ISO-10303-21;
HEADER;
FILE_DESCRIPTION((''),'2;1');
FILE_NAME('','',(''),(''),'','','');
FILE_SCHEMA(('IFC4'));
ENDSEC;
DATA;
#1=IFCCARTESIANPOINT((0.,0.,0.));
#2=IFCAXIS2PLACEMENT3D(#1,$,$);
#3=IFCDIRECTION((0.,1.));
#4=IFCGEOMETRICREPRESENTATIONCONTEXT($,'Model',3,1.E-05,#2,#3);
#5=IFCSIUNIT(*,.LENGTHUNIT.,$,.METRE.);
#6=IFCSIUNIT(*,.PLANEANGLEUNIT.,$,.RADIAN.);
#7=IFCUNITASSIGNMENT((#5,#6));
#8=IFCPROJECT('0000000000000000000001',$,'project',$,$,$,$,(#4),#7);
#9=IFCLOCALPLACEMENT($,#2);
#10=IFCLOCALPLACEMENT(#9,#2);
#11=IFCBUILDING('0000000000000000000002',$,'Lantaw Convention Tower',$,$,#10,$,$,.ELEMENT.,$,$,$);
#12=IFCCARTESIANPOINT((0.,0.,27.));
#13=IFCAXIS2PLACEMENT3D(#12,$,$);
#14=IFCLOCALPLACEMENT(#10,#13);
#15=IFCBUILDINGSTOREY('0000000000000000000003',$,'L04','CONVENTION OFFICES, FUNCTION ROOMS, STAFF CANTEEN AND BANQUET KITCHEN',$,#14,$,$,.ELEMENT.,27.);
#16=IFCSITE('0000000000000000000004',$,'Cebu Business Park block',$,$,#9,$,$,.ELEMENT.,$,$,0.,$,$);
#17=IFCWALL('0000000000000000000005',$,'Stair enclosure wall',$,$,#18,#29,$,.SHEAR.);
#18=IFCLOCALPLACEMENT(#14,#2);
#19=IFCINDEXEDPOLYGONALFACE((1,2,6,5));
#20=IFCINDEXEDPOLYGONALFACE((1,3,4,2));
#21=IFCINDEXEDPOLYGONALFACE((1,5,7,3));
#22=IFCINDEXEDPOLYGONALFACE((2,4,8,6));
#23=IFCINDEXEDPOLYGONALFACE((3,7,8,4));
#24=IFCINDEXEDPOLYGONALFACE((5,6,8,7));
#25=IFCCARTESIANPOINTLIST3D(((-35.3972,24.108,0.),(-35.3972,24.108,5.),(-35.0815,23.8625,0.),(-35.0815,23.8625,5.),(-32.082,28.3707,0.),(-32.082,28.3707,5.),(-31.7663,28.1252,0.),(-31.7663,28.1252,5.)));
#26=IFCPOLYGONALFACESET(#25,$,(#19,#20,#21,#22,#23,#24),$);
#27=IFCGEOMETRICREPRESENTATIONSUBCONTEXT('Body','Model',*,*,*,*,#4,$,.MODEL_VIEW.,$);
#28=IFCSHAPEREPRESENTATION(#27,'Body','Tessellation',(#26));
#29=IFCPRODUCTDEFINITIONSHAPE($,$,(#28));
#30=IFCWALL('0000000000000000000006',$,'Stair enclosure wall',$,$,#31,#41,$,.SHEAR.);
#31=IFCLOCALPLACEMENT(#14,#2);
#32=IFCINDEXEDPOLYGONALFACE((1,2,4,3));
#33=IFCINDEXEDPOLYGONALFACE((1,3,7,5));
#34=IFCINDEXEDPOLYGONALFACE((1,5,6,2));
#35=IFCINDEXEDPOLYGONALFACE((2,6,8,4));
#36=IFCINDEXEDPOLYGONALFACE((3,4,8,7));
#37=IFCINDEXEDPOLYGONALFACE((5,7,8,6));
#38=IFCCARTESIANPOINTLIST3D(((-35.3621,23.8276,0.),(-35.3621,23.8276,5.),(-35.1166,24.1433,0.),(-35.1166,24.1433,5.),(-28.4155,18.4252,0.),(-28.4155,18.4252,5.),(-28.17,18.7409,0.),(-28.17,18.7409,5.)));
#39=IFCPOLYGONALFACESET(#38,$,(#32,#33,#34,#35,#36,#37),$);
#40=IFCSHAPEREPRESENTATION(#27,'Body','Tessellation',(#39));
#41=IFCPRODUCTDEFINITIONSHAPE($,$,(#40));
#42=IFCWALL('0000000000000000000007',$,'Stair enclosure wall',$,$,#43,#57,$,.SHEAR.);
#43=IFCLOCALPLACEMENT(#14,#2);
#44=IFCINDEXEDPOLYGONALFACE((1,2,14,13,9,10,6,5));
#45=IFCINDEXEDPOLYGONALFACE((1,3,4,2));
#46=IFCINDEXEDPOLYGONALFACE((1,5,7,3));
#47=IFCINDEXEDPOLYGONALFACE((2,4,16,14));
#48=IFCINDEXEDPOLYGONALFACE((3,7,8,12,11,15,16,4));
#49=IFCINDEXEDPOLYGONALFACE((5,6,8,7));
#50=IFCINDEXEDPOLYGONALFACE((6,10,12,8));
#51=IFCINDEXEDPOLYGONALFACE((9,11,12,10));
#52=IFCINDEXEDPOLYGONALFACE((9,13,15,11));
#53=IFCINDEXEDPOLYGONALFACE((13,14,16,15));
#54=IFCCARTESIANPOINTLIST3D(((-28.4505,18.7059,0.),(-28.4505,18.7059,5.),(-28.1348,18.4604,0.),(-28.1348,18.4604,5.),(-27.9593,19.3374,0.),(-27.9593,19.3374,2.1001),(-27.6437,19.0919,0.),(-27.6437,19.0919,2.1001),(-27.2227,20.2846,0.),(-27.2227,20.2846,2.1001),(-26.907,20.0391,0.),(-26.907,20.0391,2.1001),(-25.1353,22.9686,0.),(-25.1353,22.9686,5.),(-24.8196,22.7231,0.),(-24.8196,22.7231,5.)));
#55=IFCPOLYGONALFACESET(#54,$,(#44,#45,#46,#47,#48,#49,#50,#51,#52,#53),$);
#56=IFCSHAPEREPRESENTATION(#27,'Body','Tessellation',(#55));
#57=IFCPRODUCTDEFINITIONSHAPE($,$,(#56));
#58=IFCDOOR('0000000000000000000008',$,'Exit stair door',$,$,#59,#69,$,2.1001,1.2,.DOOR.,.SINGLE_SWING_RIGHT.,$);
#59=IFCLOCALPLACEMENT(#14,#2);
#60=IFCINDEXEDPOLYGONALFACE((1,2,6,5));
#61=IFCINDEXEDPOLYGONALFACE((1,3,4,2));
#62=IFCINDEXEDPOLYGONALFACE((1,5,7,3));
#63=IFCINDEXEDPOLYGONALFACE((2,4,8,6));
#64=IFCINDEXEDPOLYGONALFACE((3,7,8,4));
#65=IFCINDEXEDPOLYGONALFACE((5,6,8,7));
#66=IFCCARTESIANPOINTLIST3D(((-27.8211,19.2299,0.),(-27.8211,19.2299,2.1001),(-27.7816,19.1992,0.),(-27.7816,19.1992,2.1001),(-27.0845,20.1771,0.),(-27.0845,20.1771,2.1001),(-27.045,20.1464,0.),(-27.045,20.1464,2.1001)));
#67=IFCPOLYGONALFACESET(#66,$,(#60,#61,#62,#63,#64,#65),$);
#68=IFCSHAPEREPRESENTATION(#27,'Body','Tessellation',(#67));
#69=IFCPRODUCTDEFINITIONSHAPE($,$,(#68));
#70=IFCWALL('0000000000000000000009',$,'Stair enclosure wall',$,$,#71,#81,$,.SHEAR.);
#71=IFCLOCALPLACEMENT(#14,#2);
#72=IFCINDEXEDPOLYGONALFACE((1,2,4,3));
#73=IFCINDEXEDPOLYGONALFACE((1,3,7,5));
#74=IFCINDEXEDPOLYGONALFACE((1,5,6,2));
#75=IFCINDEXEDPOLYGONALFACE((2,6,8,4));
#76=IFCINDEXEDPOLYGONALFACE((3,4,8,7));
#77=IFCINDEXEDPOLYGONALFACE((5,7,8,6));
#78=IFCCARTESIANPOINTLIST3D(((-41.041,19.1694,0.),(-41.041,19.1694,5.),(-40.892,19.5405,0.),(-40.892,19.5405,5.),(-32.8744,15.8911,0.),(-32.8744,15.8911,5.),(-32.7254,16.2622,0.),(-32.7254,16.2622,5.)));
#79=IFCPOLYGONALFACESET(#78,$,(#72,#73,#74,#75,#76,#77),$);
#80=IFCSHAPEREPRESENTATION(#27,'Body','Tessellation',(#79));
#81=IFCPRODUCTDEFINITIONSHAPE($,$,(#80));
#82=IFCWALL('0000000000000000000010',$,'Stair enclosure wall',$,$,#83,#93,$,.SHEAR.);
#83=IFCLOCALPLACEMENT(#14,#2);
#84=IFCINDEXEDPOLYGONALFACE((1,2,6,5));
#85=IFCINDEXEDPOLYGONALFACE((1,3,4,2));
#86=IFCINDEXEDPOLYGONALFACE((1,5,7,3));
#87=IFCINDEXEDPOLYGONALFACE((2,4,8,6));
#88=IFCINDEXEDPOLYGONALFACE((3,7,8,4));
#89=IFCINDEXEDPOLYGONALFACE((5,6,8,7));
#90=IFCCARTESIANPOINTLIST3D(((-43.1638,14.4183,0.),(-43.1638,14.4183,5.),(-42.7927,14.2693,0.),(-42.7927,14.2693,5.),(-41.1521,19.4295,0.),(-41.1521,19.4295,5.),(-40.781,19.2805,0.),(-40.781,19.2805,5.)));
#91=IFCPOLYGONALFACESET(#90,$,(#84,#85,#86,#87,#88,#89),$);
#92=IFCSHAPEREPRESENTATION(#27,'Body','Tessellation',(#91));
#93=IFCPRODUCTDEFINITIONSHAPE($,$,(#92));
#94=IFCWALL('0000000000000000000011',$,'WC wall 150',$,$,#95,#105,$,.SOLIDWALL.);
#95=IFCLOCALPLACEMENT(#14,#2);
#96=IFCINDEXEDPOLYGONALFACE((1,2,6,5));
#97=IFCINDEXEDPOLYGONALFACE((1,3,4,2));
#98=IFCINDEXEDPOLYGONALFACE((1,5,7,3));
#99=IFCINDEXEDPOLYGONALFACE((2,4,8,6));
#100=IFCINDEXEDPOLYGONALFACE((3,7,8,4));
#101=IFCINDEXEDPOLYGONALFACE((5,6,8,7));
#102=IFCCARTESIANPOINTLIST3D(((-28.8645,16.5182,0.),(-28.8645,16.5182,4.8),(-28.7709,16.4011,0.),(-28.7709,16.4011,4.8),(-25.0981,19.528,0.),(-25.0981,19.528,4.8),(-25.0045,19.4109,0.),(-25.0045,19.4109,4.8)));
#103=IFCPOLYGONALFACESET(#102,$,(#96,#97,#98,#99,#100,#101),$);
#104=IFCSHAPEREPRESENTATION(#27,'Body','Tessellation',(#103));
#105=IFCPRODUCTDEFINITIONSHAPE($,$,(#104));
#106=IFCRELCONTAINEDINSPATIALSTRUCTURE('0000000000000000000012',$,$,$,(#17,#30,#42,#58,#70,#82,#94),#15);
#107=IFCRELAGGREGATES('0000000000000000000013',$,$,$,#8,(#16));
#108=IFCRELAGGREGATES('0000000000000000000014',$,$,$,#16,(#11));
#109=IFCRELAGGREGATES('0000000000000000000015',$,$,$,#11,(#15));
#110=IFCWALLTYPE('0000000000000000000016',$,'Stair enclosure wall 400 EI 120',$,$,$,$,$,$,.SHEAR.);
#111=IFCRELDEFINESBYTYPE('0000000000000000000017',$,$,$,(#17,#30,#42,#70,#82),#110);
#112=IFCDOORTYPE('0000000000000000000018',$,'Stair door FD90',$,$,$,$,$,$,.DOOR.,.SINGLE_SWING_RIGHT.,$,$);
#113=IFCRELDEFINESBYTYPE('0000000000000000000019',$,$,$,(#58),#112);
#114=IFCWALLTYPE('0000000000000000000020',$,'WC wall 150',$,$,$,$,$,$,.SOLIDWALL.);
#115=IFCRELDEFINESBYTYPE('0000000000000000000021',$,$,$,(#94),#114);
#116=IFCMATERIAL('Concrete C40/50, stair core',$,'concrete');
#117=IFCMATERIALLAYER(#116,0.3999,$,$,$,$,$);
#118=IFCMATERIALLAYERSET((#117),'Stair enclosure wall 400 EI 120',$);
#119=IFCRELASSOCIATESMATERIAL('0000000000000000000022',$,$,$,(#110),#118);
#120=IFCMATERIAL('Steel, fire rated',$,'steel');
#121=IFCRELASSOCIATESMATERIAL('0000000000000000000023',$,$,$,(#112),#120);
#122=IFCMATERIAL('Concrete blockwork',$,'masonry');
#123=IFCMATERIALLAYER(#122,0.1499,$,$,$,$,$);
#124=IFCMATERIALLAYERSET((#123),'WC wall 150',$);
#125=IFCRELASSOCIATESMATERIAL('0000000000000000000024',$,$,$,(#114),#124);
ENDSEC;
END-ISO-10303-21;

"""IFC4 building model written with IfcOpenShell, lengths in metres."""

from ifc_helpers import new_model, si_unit, direction, frame, frame_2d, origin, place, context, subcontext, project, spatial, rectangle, extrude, material, layer, layer_set, type_object, element, fill, save


model = new_model("IFC4")

# Units and contexts
model_context = context("Model", 3, precision=1e-05, world=origin(), true_north=direction((0.0, 1.0)))
body_context = subcontext(model_context, "Body", "Model", "MODEL_VIEW")
ifc_project = project(units=[si_unit("LENGTHUNIT", "METRE"), si_unit("PLANEANGLEUNIT", "RADIAN")], contexts=[model_context])

# Site, building, storey
site_placement = place(None, origin())
site = spatial("IfcSite", under=ifc_project, at=site_placement, Name="Cebu Business Park block", CompositionType="ELEMENT", RefElevation=0.0)
building_placement = place(site_placement, origin())
building = spatial("IfcBuilding", under=site, at=building_placement, Name="Lantaw Convention Tower", CompositionType="ELEMENT")
storey_placement = place(building_placement, frame((0.0, 0.0, 27.0)))
storey = spatial("IfcBuildingStorey", under=building, at=storey_placement, Name="L04", Description="CONVENTION OFFICES, FUNCTION ROOMS, STAFF CANTEEN AND BANQUET KITCHEN", CompositionType="ELEMENT", Elevation=27.0)

# Walls
ifc_material_1 = material(Name="Concrete C40/50, stair core", Category="concrete")
ifc_layer_1 = layer(ifc_material_1, 0.3999)
ifc_layer_set_1 = layer_set([ifc_layer_1], Name="Stair enclosure wall 400 EI 120")
wall_type_1 = type_object("IfcWallType", Name="Stair enclosure wall 400 EI 120", PredefinedType="SHEAR", material=ifc_layer_set_1)
wall_1_placement = place(storey_placement, frame((-31.9241, 28.248, 0.0), z_axis=(0.0, 0.0, 1.0), x_axis=(-0.613912, -0.789374, 0.0)))
element("IfcWall", 1, at=wall_1_placement, inside=storey, type_object=wall_type_1, Name="Stair enclosure wall", PredefinedType="SHEAR", context=body_context, shape_type="SweptSolid", body=[
    extrude(rectangle(XDim=5.4001, YDim=0.3999, at=frame_2d((2.7002, 0.0))), origin(), (0.0, 0.0, 1.0), 5.0),
])
wall_2_placement = place(storey_placement, frame((-35.2393, 23.9854, 0.0), z_axis=(0.0, 0.0, 1.0), x_axis=(0.789381, -0.613904, 0.0)))
element("IfcWall", 2, at=wall_2_placement, inside=storey, type_object=wall_type_1, Name="Stair enclosure wall", PredefinedType="SHEAR", context=body_context, shape_type="SweptSolid", body=[
    extrude(rectangle(XDim=8.8, YDim=0.3999, at=frame_2d((4.3999, 0.0))), origin(), (0.0, 0.0, 1.0), 5.0),
])

# Wall, opening, door
wall_3_placement = place(storey_placement, frame((-28.2927, 18.583, 0.0), z_axis=(0.0, 0.0, 1.0), x_axis=(0.613912, 0.789374, 0.0)))
wall_3 = element("IfcWall", 3, at=wall_3_placement, inside=storey, type_object=wall_type_1, Name="Stair enclosure wall", PredefinedType="SHEAR", context=body_context, shape_type="SweptSolid", body=[
    extrude(rectangle(XDim=5.4001, YDim=0.3999, at=frame_2d((2.7002, 0.0))), origin(), (0.0, 0.0, 1.0), 5.0),
])
opening_1_placement = place(wall_3_placement, frame((0.8, 0.0, 0.0)))
opening_1 = element("IfcOpeningElement", 4, at=opening_1_placement, cuts=wall_3, PredefinedType="OPENING", context=body_context, shape_type="SweptSolid", body=[
    extrude(rectangle(XDim=1.2, YDim=2.1001, at=frame_2d((0.6001, 1.05))), frame((0.0, 0.21, 0.0), z_axis=(0.0, -1.0, 0.0), x_axis=(1.0, 0.0, 0.0)), (0.0, 0.0, 1.0), 0.4199),
])
ifc_material_2 = material(Name="Steel, fire rated", Category="steel")
door_type = type_object("IfcDoorType", Name="Stair door FD90", OperationType="SINGLE_SWING_RIGHT", PredefinedType="DOOR", material=ifc_material_2)
door_placement = place(opening_1_placement, origin())
door = element("IfcDoor", 5, at=door_placement, inside=storey, type_object=door_type, Name="Exit stair door", OperationType="SINGLE_SWING_RIGHT", OverallHeight=2.1001, OverallWidth=1.2, PredefinedType="DOOR", context=body_context, shape_type="SweptSolid", body=[
    extrude(rectangle(XDim=1.2, YDim=2.1001, at=frame_2d((0.6001, 1.05))), frame((0.0, 0.0249, 0.0), z_axis=(0.0, -1.0, 0.0), x_axis=(1.0, 0.0, 0.0)), (0.0, 0.0, 1.0), 0.05),
])
fill(opening_1, door)

# Walls
wall_4_placement = place(storey_placement, frame((-32.8, 16.0767, 0.0), z_axis=(0.0, 0.0, 1.0), x_axis=(-0.928017, 0.372538, 0.0)))
element("IfcWall", 6, at=wall_4_placement, inside=storey, type_object=wall_type_1, Name="Stair enclosure wall", PredefinedType="SHEAR", context=body_context, shape_type="SweptSolid", body=[
    extrude(rectangle(XDim=8.8, YDim=0.3999, at=frame_2d((4.3999, 0.0))), origin(), (0.0, 0.0, 1.0), 5.0),
])
wall_5_placement = place(storey_placement, frame((-40.9666, 19.355, 0.0), z_axis=(0.0, 0.0, 1.0), x_axis=(-0.372544, -0.928015, 0.0)))
element("IfcWall", 7, at=wall_5_placement, inside=storey, type_object=wall_type_1, Name="Stair enclosure wall", PredefinedType="SHEAR", context=body_context, shape_type="SweptSolid", body=[
    extrude(rectangle(XDim=5.3999, YDim=0.3999, at=frame_2d((2.7, 0.0))), origin(), (0.0, 0.0, 1.0), 5.0),
])
ifc_material_3 = material(Name="Concrete blockwork", Category="masonry")
ifc_layer_2 = layer(ifc_material_3, 0.1499)
ifc_layer_set_2 = layer_set([ifc_layer_2], Name="WC wall 150")
wall_type_2 = type_object("IfcWallType", Name="WC wall 150", PredefinedType="SOLIDWALL", material=ifc_layer_set_2)
wall_6_placement = place(storey_placement, frame((-25.0513, 19.4695, 0.0), z_axis=(0.0, 0.0, 1.0), x_axis=(-0.781205, -0.624275, 0.0)))
element("IfcWall", 8, at=wall_6_placement, inside=storey, type_object=wall_type_2, Name="WC wall 150", PredefinedType="SOLIDWALL", context=body_context, shape_type="SweptSolid", body=[
    extrude(rectangle(XDim=4.8213, YDim=0.1499, at=frame_2d((2.4106, 0.0))), origin(), (0.0, 0.0, 1.0), 4.8),
])

save(model, "model.ifc")
